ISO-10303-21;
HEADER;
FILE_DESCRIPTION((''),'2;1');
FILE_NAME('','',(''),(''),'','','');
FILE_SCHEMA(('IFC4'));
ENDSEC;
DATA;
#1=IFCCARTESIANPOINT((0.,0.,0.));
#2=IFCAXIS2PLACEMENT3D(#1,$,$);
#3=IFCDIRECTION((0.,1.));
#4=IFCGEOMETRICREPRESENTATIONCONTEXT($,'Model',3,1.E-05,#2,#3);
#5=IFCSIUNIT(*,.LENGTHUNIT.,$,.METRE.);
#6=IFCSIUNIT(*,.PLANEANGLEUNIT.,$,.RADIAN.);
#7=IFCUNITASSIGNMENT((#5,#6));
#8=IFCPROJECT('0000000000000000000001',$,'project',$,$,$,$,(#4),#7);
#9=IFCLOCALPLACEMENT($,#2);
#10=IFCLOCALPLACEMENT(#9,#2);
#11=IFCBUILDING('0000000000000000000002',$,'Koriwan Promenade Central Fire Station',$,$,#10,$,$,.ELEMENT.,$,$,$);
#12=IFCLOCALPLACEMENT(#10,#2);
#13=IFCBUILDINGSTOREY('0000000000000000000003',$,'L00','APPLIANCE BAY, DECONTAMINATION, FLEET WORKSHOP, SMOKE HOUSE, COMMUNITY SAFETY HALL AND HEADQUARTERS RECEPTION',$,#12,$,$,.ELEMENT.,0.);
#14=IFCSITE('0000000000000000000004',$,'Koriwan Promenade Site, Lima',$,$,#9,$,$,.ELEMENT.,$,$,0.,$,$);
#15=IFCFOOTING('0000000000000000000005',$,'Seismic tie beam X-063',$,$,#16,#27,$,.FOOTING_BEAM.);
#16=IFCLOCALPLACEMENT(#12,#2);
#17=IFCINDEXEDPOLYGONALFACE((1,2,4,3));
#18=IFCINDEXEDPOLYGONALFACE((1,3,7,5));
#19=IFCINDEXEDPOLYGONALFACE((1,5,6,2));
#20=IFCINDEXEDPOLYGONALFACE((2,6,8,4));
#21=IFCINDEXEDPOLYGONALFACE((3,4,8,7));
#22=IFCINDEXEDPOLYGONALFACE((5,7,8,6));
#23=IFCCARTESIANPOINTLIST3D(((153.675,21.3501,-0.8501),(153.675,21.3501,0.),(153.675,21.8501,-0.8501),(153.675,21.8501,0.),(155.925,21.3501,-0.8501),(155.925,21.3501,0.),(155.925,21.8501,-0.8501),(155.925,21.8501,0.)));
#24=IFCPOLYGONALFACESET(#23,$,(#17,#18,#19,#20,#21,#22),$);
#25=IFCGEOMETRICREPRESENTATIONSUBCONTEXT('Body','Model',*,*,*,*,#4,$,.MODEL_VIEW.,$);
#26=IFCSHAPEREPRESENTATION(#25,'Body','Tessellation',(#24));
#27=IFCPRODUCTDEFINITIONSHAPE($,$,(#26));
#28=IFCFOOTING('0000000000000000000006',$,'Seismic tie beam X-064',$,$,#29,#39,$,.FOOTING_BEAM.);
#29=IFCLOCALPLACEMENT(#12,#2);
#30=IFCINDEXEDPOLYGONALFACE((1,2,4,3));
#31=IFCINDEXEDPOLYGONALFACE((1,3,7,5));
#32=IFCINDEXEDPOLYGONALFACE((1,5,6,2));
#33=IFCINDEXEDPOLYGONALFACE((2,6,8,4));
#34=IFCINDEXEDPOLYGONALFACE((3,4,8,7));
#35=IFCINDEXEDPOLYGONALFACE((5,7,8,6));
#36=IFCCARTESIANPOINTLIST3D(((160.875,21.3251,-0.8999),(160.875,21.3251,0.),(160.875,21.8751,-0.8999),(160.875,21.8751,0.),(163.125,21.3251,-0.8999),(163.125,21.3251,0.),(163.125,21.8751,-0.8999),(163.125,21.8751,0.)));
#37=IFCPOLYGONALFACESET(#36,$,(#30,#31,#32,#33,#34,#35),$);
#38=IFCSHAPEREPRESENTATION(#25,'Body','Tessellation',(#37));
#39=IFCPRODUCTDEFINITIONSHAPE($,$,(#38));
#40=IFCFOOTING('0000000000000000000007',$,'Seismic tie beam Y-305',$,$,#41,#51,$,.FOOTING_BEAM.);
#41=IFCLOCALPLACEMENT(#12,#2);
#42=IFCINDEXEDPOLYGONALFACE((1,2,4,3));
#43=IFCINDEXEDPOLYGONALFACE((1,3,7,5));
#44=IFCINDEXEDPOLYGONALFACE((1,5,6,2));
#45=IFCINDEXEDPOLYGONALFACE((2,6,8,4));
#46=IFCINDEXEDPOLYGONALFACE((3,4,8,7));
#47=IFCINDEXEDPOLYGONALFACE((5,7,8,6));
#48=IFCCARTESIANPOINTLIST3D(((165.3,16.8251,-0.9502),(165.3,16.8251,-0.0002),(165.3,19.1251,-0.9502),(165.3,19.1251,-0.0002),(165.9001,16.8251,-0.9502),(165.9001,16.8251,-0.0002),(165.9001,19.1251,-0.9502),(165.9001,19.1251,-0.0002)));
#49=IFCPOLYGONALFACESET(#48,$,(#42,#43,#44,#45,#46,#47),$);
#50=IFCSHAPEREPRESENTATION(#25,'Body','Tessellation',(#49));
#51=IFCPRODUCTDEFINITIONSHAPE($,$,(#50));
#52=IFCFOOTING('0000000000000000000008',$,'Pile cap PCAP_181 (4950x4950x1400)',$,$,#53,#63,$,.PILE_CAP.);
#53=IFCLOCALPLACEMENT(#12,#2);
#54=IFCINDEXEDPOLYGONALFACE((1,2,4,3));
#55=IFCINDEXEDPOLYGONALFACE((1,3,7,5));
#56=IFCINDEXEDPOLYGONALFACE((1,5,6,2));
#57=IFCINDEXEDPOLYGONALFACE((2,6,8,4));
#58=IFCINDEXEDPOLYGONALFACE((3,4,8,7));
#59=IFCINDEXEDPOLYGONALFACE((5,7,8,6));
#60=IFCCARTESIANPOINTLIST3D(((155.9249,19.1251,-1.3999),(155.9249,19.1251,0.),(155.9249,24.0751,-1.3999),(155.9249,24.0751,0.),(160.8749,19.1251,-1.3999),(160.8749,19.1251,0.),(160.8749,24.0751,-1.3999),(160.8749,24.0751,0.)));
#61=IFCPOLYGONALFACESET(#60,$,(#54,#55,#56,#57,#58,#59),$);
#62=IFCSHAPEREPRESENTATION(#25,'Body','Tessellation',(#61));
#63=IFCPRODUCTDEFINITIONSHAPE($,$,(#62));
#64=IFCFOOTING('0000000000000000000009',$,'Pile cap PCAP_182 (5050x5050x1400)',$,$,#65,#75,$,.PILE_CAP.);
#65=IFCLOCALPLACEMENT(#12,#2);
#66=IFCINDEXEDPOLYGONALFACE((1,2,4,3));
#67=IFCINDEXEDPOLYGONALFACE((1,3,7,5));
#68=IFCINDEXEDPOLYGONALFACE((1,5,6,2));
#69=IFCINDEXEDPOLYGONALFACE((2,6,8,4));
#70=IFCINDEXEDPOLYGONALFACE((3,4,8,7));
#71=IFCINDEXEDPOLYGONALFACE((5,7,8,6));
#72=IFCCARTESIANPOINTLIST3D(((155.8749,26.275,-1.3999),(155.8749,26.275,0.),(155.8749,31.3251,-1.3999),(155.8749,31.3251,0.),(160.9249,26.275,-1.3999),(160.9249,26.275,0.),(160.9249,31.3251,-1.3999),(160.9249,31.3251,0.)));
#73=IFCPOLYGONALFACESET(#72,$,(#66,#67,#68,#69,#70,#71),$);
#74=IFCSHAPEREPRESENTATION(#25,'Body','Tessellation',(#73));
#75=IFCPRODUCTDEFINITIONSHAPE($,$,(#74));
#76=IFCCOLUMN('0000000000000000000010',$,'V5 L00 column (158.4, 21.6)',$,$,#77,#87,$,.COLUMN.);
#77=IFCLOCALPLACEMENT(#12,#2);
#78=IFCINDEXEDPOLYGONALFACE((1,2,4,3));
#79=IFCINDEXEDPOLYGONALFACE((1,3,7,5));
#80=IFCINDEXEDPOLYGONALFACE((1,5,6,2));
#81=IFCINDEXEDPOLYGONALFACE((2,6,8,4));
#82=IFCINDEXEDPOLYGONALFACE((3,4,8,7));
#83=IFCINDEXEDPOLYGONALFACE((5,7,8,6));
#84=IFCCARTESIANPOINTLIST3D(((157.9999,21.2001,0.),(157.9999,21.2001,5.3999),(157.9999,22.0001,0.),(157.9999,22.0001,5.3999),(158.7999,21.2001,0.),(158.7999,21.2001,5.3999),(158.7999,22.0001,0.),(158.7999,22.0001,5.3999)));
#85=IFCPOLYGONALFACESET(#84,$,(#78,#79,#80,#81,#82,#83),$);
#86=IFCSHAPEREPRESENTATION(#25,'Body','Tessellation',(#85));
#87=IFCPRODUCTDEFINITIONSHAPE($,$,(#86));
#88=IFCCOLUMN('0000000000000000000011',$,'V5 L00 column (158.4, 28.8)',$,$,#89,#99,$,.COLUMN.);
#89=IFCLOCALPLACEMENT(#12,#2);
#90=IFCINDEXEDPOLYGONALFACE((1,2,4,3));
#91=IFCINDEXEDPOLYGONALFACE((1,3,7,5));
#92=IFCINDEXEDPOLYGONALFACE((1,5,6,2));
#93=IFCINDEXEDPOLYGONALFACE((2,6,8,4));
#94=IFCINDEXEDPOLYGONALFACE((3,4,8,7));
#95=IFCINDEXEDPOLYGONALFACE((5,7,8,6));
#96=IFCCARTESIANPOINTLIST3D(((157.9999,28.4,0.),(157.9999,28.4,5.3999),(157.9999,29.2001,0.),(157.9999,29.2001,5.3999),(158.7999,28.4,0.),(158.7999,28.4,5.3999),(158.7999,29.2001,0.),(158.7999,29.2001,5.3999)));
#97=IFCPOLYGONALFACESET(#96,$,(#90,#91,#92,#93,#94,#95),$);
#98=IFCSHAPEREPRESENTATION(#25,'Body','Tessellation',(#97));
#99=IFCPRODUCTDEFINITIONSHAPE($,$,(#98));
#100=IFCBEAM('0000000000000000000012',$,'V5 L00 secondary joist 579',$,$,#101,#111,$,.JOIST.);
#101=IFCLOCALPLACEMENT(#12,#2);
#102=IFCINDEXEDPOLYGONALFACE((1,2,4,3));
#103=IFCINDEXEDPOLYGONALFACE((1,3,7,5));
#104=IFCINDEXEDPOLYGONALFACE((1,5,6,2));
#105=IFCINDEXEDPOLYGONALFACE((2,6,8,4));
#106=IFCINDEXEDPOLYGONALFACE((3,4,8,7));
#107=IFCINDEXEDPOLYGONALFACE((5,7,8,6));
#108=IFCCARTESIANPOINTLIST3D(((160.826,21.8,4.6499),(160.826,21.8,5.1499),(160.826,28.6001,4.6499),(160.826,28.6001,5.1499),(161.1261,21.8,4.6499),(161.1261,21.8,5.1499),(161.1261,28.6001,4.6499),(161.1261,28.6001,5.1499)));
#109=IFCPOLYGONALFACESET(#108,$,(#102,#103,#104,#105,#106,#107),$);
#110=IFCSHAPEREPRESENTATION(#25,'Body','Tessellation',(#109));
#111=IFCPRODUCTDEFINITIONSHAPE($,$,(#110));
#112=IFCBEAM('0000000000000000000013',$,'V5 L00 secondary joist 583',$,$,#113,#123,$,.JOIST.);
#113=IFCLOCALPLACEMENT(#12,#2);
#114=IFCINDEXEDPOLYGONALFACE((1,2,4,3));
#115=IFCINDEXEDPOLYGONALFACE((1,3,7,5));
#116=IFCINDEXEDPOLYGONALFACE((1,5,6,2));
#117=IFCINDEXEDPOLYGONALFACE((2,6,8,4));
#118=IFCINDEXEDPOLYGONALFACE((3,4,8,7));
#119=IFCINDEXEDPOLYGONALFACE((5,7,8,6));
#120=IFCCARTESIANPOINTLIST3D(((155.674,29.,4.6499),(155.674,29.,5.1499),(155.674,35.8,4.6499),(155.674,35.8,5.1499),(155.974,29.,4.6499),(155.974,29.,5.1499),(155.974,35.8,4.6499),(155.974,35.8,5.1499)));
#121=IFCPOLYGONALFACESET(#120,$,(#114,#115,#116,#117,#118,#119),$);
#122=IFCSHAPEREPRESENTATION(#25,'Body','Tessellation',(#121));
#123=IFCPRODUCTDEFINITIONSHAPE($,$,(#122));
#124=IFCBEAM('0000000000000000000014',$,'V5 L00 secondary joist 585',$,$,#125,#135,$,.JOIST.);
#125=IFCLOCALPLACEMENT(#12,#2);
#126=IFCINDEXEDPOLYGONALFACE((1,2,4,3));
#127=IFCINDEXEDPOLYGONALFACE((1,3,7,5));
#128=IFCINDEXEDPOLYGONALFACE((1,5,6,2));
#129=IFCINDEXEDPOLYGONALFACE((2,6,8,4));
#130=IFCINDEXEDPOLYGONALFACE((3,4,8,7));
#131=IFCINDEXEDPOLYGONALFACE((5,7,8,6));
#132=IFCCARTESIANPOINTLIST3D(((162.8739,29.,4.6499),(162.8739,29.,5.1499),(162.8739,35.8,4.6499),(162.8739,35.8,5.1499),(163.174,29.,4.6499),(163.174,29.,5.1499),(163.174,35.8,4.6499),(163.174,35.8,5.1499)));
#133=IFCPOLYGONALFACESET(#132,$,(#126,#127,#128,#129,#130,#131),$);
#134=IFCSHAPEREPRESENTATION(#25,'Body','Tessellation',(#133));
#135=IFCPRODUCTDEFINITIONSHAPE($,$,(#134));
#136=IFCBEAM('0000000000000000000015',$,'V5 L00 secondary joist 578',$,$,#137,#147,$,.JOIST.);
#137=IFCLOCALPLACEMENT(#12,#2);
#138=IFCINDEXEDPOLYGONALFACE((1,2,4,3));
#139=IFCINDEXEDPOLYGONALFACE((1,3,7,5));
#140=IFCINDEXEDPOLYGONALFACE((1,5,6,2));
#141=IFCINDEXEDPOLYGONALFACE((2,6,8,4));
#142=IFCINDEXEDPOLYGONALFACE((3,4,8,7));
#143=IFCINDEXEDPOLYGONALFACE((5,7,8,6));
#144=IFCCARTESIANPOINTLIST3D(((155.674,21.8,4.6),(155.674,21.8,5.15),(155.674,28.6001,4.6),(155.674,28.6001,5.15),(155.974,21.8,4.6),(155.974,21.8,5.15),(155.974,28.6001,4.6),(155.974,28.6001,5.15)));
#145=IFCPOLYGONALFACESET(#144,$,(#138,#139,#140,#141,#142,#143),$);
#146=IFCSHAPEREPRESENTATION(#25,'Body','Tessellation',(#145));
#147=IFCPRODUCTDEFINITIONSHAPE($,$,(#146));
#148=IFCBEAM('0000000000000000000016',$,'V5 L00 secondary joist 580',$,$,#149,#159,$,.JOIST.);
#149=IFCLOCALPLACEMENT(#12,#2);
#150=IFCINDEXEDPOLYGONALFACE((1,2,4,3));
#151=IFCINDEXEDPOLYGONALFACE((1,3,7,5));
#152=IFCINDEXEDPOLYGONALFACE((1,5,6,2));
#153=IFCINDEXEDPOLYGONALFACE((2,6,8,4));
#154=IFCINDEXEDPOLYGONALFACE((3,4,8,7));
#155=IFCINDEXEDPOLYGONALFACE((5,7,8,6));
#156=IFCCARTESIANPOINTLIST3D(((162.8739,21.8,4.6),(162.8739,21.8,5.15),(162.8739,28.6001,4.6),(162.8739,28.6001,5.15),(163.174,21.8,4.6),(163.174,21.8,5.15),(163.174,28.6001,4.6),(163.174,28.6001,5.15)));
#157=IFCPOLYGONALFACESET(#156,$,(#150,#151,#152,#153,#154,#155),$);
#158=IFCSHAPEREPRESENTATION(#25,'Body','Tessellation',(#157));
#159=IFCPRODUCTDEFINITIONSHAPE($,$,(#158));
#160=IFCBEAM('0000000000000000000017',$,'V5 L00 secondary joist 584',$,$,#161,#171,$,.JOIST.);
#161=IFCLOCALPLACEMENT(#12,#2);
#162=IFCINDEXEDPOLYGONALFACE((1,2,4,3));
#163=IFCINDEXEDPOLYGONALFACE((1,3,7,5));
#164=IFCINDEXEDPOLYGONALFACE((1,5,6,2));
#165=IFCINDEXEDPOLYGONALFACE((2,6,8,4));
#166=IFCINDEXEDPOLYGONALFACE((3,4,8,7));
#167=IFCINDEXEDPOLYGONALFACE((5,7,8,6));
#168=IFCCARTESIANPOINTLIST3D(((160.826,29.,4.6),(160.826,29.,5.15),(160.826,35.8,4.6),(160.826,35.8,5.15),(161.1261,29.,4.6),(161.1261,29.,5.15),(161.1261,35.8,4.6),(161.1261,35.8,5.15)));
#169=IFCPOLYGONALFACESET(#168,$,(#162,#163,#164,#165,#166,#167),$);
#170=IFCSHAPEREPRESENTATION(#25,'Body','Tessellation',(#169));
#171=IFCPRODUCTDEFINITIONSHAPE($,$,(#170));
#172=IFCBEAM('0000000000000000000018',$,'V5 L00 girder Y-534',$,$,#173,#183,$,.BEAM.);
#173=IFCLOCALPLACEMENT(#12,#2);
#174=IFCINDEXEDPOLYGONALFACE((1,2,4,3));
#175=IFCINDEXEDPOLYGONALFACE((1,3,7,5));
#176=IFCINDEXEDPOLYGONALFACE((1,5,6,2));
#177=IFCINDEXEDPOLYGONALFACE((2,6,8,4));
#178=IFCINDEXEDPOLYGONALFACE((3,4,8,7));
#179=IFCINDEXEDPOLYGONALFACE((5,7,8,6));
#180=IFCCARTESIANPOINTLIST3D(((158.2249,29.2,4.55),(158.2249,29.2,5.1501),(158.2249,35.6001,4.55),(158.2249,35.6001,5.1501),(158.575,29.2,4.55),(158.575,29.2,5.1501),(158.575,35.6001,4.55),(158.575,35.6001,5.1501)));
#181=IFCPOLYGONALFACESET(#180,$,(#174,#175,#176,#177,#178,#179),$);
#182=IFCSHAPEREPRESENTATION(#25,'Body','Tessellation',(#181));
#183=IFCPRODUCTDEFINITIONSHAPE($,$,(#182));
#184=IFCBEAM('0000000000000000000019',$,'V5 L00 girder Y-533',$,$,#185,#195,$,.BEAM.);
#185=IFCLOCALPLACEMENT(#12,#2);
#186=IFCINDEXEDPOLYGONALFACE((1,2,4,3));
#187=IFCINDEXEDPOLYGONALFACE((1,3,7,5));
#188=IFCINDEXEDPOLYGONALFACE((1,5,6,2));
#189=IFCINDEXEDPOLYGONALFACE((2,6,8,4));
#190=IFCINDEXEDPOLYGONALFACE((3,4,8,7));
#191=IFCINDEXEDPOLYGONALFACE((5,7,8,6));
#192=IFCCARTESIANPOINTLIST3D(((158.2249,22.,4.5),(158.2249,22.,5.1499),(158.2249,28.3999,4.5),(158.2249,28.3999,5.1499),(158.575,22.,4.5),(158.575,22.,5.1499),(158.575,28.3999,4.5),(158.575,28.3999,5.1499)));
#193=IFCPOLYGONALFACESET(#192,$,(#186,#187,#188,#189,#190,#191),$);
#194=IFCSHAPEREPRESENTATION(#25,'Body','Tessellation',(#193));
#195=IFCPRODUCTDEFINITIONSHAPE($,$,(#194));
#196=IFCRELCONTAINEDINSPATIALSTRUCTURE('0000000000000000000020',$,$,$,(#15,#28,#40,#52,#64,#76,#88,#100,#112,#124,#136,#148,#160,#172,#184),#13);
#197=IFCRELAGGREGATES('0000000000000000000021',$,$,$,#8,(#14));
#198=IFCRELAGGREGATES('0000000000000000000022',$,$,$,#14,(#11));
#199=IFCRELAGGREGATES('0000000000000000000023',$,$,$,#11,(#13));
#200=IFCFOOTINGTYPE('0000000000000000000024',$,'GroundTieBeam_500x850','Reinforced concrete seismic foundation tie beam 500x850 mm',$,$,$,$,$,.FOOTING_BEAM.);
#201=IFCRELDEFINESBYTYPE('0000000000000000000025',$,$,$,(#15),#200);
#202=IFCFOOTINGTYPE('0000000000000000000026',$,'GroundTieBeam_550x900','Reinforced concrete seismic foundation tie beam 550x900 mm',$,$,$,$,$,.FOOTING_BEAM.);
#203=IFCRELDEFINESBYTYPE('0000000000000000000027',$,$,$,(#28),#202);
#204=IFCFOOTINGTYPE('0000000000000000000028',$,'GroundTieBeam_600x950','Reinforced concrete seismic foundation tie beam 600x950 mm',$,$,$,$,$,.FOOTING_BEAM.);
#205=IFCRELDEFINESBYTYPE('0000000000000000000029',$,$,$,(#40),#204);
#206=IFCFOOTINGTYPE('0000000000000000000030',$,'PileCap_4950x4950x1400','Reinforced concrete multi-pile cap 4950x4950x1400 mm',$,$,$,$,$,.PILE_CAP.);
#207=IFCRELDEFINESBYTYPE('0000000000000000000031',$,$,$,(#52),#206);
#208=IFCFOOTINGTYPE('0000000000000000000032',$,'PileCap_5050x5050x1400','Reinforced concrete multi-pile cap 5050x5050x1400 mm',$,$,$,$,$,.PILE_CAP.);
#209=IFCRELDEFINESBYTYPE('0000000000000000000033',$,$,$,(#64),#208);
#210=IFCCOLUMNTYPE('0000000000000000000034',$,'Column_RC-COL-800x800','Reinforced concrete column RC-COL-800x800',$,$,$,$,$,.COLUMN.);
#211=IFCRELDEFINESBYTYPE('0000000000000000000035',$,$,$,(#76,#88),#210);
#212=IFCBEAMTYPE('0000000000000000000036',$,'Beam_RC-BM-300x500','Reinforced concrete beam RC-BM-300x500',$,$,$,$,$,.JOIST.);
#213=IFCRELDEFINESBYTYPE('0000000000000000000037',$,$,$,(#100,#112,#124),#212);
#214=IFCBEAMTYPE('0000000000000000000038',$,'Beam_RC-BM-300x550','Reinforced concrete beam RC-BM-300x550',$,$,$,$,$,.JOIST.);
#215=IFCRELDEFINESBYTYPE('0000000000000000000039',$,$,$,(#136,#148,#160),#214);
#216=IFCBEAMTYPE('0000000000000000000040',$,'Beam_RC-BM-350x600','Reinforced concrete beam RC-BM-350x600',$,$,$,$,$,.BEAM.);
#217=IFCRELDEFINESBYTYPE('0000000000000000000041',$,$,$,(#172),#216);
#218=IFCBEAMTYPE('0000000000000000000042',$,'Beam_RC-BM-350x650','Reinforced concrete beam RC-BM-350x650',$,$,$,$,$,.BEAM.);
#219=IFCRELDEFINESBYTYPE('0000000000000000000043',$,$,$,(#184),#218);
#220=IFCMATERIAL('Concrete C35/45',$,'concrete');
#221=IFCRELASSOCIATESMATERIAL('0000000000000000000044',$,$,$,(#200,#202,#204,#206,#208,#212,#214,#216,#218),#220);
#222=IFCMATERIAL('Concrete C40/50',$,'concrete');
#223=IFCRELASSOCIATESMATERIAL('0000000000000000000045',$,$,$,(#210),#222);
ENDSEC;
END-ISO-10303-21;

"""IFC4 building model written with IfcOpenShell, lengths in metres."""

from ifc_helpers import new_model, si_unit, direction, frame, origin, origin_2d, place, context, subcontext, project, spatial, rectangle, extrude, material, material_profile, profile_set, type_object, element, save


model = new_model("IFC4")

# Units and contexts
model_context = context("Model", 3, precision=1e-05, world=origin(), true_north=direction((0.0, 1.0)))
body_context = subcontext(model_context, "Body", "Model", "MODEL_VIEW")
ifc_project = project(units=[si_unit("LENGTHUNIT", "METRE"), si_unit("PLANEANGLEUNIT", "RADIAN")], contexts=[model_context])

# Site, building, storey
site_placement = place(None, origin())
site = spatial("IfcSite", under=ifc_project, at=site_placement, Name="Koriwan Promenade Site, Lima", CompositionType="ELEMENT", RefElevation=0.0)
building_placement = place(site_placement, origin())
building = spatial("IfcBuilding", under=site, at=building_placement, Name="Koriwan Promenade Central Fire Station", CompositionType="ELEMENT")
storey_placement = place(building_placement, origin())
storey = spatial("IfcBuildingStorey", under=building, at=storey_placement, Name="L00", Description="APPLIANCE BAY, DECONTAMINATION, FLEET WORKSHOP, SMOKE HOUSE, COMMUNITY SAFETY HALL AND HEADQUARTERS RECEPTION", CompositionType="ELEMENT", Elevation=0.0)

# Shared definitions
ifc_material_1 = material(Name="Concrete C35/45", Category="concrete")

# Footings
footing_type_1 = type_object("IfcFootingType", Name="GroundTieBeam_500x850", Description="Reinforced concrete seismic foundation tie beam 500x850 mm", PredefinedType="FOOTING_BEAM", material=ifc_material_1)
footing_1_placement = place(storey_placement, frame((154.8, 21.6001, -0.8501), z_axis=(0.0, 0.0, 1.0), x_axis=(1.0, 0.0, 0.0)))
element("IfcFooting", 1, at=footing_1_placement, inside=storey, type_object=footing_type_1, Name="Seismic tie beam X-063", PredefinedType="FOOTING_BEAM", context=body_context, shape_type="SweptSolid", body=[
    extrude(rectangle(XDim=2.25, YDim=0.5, at=origin_2d()), origin(), (0.0, 0.0, 1.0), 0.8501),
])
footing_type_2 = type_object("IfcFootingType", Name="GroundTieBeam_550x900", Description="Reinforced concrete seismic foundation tie beam 550x900 mm", PredefinedType="FOOTING_BEAM", material=ifc_material_1)
footing_2_placement = place(storey_placement, frame((162.0, 21.6001, -0.8999), z_axis=(0.0, 0.0, 1.0), x_axis=(1.0, 0.0, 0.0)))
element("IfcFooting", 2, at=footing_2_placement, inside=storey, type_object=footing_type_2, Name="Seismic tie beam X-064", PredefinedType="FOOTING_BEAM", context=body_context, shape_type="SweptSolid", body=[
    extrude(rectangle(XDim=2.25, YDim=0.55, at=origin_2d()), origin(), (0.0, 0.0, 1.0), 0.8999),
])
footing_type_3 = type_object("IfcFootingType", Name="GroundTieBeam_600x950", Description="Reinforced concrete seismic foundation tie beam 600x950 mm", PredefinedType="FOOTING_BEAM", material=ifc_material_1)
footing_3_placement = place(storey_placement, frame((165.6001, 17.9751, -0.9502), z_axis=(0.0, 0.0, 1.0), x_axis=(0.0, 1.0, 0.0)))
element("IfcFooting", 3, at=footing_3_placement, inside=storey, type_object=footing_type_3, Name="Seismic tie beam Y-305", PredefinedType="FOOTING_BEAM", context=body_context, shape_type="SweptSolid", body=[
    extrude(rectangle(XDim=2.3, YDim=0.6001, at=origin_2d()), origin(), (0.0, 0.0, 1.0), 0.95),
])
footing_type_4 = type_object("IfcFootingType", Name="PileCap_4950x4950x1400", Description="Reinforced concrete multi-pile cap 4950x4950x1400 mm", PredefinedType="PILE_CAP", material=ifc_material_1)
footing_4_placement = place(storey_placement, frame((158.3999, 21.6001, -1.3999), z_axis=(0.0, 0.0, 1.0), x_axis=(1.0, 0.0, 0.0)))
element("IfcFooting", 4, at=footing_4_placement, inside=storey, type_object=footing_type_4, Name="Pile cap PCAP_181 (4950x4950x1400)", PredefinedType="PILE_CAP", context=body_context, shape_type="SweptSolid", body=[
    extrude(rectangle(XDim=4.95, YDim=4.95, at=origin_2d()), origin(), (0.0, 0.0, 1.0), 1.3999),
])
footing_type_5 = type_object("IfcFootingType", Name="PileCap_5050x5050x1400", Description="Reinforced concrete multi-pile cap 5050x5050x1400 mm", PredefinedType="PILE_CAP", material=ifc_material_1)
footing_5_placement = place(storey_placement, frame((158.3999, 28.8, -1.3999), z_axis=(0.0, 0.0, 1.0), x_axis=(1.0, 0.0, 0.0)))
element("IfcFooting", 5, at=footing_5_placement, inside=storey, type_object=footing_type_5, Name="Pile cap PCAP_182 (5050x5050x1400)", PredefinedType="PILE_CAP", context=body_context, shape_type="SweptSolid", body=[
    extrude(rectangle(XDim=5.05, YDim=5.05, at=origin_2d()), origin(), (0.0, 0.0, 1.0), 1.3999),
])

# Columns
ifc_material_2 = material(Name="Concrete C40/50", Category="concrete")
ifc_material_profile_1 = material_profile(ifc_material_2, rectangle(XDim=0.8, YDim=0.8, at=origin_2d()), Name="RC-COL-800x800")
ifc_profile_set_1 = profile_set([ifc_material_profile_1], Name="Concrete C40/50")
column_type = type_object("IfcColumnType", Name="Column_RC-COL-800x800", Description="Reinforced concrete column RC-COL-800x800", PredefinedType="COLUMN", material=ifc_profile_set_1)
for number, where, z_axis, x_axis, name in (
    (6, (158.3999, 21.6001, 0.0), (0.0, 0.0, 1.0), (1.0, 0.0, 0.0), "V5 L00 column (158.4, 21.6)"),
    (7, (158.3999, 28.8, 0.0), (0.0, 0.0, 1.0), (1.0, 0.0, 0.0), "V5 L00 column (158.4, 28.8)"),
):
    element("IfcColumn", number, at=place(storey_placement, frame(where, z_axis=z_axis, x_axis=x_axis)), inside=storey, type_object=column_type, Name=name, PredefinedType="COLUMN", context=body_context, shape_type="SweptSolid", body=[
        extrude(rectangle(XDim=0.8, YDim=0.8, at=origin_2d()), origin(), (0.0, 0.0, 1.0), 5.3999),
    ])

# Beams
ifc_material_profile_2 = material_profile(ifc_material_1, rectangle(XDim=0.3, YDim=0.5, at=origin_2d()), Name="RC-BM-300x500")
ifc_profile_set_2 = profile_set([ifc_material_profile_2], Name="Concrete C35/45")
beam_type_1 = type_object("IfcBeamType", Name="Beam_RC-BM-300x500", Description="Reinforced concrete beam RC-BM-300x500", PredefinedType="JOIST", material=ifc_profile_set_2)
for number, where, z_axis, x_axis, name in (
    (8, (160.9761, 21.8, 4.8999), (0.0, 1.0, 0.0), (-1.0, 0.0, 0.0), "V5 L00 secondary joist 579"),
    (9, (155.824, 29.0, 4.8999), (0.0, 1.0, 0.0), (-1.0, 0.0, 0.0), "V5 L00 secondary joist 583"),
    (10, (163.0239, 29.0, 4.8999), (0.0, 1.0, 0.0), (-1.0, 0.0, 0.0), "V5 L00 secondary joist 585"),
):
    element("IfcBeam", number, at=place(storey_placement, frame(where, z_axis=z_axis, x_axis=x_axis)), inside=storey, type_object=beam_type_1, Name=name, PredefinedType="JOIST", context=body_context, shape_type="SweptSolid", body=[
        extrude(rectangle(XDim=0.3, YDim=0.5, at=origin_2d()), origin(), (0.0, 0.0, 1.0), 6.8),
    ])
ifc_material_profile_3 = material_profile(ifc_material_1, rectangle(XDim=0.3, YDim=0.55, at=origin_2d()), Name="RC-BM-300x550")
ifc_profile_set_3 = profile_set([ifc_material_profile_3], Name="Concrete C35/45")
beam_type_2 = type_object("IfcBeamType", Name="Beam_RC-BM-300x550", Description="Reinforced concrete beam RC-BM-300x550", PredefinedType="JOIST", material=ifc_profile_set_3)
for number, where, z_axis, x_axis, name in (
    (11, (155.824, 21.8, 4.875), (0.0, 1.0, 0.0), (-1.0, 0.0, 0.0), "V5 L00 secondary joist 578"),
    (12, (163.0239, 21.8, 4.875), (0.0, 1.0, 0.0), (-1.0, 0.0, 0.0), "V5 L00 secondary joist 580"),
    (13, (160.9761, 29.0, 4.875), (0.0, 1.0, 0.0), (-1.0, 0.0, 0.0), "V5 L00 secondary joist 584"),
):
    element("IfcBeam", number, at=place(storey_placement, frame(where, z_axis=z_axis, x_axis=x_axis)), inside=storey, type_object=beam_type_2, Name=name, PredefinedType="JOIST", context=body_context, shape_type="SweptSolid", body=[
        extrude(rectangle(XDim=0.3, YDim=0.55, at=origin_2d()), origin(), (0.0, 0.0, 1.0), 6.8),
    ])
ifc_material_profile_4 = material_profile(ifc_material_1, rectangle(XDim=0.3501, YDim=0.6001, at=origin_2d()), Name="RC-BM-350x600")
ifc_profile_set_4 = profile_set([ifc_material_profile_4], Name="Concrete C35/45")
beam_type_3 = type_object("IfcBeamType", Name="Beam_RC-BM-350x600", Description="Reinforced concrete beam RC-BM-350x600", PredefinedType="BEAM", material=ifc_profile_set_4)
beam_1_placement = place(storey_placement, frame((158.3999, 29.2, 4.8501), z_axis=(0.0, 1.0, 0.0), x_axis=(-1.0, 0.0, 0.0)))
element("IfcBeam", 14, at=beam_1_placement, inside=storey, type_object=beam_type_3, Name="V5 L00 girder Y-534", PredefinedType="BEAM", context=body_context, shape_type="SweptSolid", body=[
    extrude(rectangle(XDim=0.3501, YDim=0.6001, at=origin_2d()), origin(), (0.0, 0.0, 1.0), 6.4001),
])
ifc_material_profile_5 = material_profile(ifc_material_1, rectangle(XDim=0.3501, YDim=0.6499, at=origin_2d()), Name="RC-BM-350x650")
ifc_profile_set_5 = profile_set([ifc_material_profile_5], Name="Concrete C35/45")
beam_type_4 = type_object("IfcBeamType", Name="Beam_RC-BM-350x650", Description="Reinforced concrete beam RC-BM-350x650", PredefinedType="BEAM", material=ifc_profile_set_5)
beam_2_placement = place(storey_placement, frame((158.3999, 22.0, 4.825), z_axis=(0.0, 1.0, 0.0), x_axis=(-1.0, 0.0, 0.0)))
element("IfcBeam", 15, at=beam_2_placement, inside=storey, type_object=beam_type_4, Name="V5 L00 girder Y-533", PredefinedType="BEAM", context=body_context, shape_type="SweptSolid", body=[
    extrude(rectangle(XDim=0.3501, YDim=0.6499, at=origin_2d()), origin(), (0.0, 0.0, 1.0), 6.3999),
])

save(model, "model.ifc")
